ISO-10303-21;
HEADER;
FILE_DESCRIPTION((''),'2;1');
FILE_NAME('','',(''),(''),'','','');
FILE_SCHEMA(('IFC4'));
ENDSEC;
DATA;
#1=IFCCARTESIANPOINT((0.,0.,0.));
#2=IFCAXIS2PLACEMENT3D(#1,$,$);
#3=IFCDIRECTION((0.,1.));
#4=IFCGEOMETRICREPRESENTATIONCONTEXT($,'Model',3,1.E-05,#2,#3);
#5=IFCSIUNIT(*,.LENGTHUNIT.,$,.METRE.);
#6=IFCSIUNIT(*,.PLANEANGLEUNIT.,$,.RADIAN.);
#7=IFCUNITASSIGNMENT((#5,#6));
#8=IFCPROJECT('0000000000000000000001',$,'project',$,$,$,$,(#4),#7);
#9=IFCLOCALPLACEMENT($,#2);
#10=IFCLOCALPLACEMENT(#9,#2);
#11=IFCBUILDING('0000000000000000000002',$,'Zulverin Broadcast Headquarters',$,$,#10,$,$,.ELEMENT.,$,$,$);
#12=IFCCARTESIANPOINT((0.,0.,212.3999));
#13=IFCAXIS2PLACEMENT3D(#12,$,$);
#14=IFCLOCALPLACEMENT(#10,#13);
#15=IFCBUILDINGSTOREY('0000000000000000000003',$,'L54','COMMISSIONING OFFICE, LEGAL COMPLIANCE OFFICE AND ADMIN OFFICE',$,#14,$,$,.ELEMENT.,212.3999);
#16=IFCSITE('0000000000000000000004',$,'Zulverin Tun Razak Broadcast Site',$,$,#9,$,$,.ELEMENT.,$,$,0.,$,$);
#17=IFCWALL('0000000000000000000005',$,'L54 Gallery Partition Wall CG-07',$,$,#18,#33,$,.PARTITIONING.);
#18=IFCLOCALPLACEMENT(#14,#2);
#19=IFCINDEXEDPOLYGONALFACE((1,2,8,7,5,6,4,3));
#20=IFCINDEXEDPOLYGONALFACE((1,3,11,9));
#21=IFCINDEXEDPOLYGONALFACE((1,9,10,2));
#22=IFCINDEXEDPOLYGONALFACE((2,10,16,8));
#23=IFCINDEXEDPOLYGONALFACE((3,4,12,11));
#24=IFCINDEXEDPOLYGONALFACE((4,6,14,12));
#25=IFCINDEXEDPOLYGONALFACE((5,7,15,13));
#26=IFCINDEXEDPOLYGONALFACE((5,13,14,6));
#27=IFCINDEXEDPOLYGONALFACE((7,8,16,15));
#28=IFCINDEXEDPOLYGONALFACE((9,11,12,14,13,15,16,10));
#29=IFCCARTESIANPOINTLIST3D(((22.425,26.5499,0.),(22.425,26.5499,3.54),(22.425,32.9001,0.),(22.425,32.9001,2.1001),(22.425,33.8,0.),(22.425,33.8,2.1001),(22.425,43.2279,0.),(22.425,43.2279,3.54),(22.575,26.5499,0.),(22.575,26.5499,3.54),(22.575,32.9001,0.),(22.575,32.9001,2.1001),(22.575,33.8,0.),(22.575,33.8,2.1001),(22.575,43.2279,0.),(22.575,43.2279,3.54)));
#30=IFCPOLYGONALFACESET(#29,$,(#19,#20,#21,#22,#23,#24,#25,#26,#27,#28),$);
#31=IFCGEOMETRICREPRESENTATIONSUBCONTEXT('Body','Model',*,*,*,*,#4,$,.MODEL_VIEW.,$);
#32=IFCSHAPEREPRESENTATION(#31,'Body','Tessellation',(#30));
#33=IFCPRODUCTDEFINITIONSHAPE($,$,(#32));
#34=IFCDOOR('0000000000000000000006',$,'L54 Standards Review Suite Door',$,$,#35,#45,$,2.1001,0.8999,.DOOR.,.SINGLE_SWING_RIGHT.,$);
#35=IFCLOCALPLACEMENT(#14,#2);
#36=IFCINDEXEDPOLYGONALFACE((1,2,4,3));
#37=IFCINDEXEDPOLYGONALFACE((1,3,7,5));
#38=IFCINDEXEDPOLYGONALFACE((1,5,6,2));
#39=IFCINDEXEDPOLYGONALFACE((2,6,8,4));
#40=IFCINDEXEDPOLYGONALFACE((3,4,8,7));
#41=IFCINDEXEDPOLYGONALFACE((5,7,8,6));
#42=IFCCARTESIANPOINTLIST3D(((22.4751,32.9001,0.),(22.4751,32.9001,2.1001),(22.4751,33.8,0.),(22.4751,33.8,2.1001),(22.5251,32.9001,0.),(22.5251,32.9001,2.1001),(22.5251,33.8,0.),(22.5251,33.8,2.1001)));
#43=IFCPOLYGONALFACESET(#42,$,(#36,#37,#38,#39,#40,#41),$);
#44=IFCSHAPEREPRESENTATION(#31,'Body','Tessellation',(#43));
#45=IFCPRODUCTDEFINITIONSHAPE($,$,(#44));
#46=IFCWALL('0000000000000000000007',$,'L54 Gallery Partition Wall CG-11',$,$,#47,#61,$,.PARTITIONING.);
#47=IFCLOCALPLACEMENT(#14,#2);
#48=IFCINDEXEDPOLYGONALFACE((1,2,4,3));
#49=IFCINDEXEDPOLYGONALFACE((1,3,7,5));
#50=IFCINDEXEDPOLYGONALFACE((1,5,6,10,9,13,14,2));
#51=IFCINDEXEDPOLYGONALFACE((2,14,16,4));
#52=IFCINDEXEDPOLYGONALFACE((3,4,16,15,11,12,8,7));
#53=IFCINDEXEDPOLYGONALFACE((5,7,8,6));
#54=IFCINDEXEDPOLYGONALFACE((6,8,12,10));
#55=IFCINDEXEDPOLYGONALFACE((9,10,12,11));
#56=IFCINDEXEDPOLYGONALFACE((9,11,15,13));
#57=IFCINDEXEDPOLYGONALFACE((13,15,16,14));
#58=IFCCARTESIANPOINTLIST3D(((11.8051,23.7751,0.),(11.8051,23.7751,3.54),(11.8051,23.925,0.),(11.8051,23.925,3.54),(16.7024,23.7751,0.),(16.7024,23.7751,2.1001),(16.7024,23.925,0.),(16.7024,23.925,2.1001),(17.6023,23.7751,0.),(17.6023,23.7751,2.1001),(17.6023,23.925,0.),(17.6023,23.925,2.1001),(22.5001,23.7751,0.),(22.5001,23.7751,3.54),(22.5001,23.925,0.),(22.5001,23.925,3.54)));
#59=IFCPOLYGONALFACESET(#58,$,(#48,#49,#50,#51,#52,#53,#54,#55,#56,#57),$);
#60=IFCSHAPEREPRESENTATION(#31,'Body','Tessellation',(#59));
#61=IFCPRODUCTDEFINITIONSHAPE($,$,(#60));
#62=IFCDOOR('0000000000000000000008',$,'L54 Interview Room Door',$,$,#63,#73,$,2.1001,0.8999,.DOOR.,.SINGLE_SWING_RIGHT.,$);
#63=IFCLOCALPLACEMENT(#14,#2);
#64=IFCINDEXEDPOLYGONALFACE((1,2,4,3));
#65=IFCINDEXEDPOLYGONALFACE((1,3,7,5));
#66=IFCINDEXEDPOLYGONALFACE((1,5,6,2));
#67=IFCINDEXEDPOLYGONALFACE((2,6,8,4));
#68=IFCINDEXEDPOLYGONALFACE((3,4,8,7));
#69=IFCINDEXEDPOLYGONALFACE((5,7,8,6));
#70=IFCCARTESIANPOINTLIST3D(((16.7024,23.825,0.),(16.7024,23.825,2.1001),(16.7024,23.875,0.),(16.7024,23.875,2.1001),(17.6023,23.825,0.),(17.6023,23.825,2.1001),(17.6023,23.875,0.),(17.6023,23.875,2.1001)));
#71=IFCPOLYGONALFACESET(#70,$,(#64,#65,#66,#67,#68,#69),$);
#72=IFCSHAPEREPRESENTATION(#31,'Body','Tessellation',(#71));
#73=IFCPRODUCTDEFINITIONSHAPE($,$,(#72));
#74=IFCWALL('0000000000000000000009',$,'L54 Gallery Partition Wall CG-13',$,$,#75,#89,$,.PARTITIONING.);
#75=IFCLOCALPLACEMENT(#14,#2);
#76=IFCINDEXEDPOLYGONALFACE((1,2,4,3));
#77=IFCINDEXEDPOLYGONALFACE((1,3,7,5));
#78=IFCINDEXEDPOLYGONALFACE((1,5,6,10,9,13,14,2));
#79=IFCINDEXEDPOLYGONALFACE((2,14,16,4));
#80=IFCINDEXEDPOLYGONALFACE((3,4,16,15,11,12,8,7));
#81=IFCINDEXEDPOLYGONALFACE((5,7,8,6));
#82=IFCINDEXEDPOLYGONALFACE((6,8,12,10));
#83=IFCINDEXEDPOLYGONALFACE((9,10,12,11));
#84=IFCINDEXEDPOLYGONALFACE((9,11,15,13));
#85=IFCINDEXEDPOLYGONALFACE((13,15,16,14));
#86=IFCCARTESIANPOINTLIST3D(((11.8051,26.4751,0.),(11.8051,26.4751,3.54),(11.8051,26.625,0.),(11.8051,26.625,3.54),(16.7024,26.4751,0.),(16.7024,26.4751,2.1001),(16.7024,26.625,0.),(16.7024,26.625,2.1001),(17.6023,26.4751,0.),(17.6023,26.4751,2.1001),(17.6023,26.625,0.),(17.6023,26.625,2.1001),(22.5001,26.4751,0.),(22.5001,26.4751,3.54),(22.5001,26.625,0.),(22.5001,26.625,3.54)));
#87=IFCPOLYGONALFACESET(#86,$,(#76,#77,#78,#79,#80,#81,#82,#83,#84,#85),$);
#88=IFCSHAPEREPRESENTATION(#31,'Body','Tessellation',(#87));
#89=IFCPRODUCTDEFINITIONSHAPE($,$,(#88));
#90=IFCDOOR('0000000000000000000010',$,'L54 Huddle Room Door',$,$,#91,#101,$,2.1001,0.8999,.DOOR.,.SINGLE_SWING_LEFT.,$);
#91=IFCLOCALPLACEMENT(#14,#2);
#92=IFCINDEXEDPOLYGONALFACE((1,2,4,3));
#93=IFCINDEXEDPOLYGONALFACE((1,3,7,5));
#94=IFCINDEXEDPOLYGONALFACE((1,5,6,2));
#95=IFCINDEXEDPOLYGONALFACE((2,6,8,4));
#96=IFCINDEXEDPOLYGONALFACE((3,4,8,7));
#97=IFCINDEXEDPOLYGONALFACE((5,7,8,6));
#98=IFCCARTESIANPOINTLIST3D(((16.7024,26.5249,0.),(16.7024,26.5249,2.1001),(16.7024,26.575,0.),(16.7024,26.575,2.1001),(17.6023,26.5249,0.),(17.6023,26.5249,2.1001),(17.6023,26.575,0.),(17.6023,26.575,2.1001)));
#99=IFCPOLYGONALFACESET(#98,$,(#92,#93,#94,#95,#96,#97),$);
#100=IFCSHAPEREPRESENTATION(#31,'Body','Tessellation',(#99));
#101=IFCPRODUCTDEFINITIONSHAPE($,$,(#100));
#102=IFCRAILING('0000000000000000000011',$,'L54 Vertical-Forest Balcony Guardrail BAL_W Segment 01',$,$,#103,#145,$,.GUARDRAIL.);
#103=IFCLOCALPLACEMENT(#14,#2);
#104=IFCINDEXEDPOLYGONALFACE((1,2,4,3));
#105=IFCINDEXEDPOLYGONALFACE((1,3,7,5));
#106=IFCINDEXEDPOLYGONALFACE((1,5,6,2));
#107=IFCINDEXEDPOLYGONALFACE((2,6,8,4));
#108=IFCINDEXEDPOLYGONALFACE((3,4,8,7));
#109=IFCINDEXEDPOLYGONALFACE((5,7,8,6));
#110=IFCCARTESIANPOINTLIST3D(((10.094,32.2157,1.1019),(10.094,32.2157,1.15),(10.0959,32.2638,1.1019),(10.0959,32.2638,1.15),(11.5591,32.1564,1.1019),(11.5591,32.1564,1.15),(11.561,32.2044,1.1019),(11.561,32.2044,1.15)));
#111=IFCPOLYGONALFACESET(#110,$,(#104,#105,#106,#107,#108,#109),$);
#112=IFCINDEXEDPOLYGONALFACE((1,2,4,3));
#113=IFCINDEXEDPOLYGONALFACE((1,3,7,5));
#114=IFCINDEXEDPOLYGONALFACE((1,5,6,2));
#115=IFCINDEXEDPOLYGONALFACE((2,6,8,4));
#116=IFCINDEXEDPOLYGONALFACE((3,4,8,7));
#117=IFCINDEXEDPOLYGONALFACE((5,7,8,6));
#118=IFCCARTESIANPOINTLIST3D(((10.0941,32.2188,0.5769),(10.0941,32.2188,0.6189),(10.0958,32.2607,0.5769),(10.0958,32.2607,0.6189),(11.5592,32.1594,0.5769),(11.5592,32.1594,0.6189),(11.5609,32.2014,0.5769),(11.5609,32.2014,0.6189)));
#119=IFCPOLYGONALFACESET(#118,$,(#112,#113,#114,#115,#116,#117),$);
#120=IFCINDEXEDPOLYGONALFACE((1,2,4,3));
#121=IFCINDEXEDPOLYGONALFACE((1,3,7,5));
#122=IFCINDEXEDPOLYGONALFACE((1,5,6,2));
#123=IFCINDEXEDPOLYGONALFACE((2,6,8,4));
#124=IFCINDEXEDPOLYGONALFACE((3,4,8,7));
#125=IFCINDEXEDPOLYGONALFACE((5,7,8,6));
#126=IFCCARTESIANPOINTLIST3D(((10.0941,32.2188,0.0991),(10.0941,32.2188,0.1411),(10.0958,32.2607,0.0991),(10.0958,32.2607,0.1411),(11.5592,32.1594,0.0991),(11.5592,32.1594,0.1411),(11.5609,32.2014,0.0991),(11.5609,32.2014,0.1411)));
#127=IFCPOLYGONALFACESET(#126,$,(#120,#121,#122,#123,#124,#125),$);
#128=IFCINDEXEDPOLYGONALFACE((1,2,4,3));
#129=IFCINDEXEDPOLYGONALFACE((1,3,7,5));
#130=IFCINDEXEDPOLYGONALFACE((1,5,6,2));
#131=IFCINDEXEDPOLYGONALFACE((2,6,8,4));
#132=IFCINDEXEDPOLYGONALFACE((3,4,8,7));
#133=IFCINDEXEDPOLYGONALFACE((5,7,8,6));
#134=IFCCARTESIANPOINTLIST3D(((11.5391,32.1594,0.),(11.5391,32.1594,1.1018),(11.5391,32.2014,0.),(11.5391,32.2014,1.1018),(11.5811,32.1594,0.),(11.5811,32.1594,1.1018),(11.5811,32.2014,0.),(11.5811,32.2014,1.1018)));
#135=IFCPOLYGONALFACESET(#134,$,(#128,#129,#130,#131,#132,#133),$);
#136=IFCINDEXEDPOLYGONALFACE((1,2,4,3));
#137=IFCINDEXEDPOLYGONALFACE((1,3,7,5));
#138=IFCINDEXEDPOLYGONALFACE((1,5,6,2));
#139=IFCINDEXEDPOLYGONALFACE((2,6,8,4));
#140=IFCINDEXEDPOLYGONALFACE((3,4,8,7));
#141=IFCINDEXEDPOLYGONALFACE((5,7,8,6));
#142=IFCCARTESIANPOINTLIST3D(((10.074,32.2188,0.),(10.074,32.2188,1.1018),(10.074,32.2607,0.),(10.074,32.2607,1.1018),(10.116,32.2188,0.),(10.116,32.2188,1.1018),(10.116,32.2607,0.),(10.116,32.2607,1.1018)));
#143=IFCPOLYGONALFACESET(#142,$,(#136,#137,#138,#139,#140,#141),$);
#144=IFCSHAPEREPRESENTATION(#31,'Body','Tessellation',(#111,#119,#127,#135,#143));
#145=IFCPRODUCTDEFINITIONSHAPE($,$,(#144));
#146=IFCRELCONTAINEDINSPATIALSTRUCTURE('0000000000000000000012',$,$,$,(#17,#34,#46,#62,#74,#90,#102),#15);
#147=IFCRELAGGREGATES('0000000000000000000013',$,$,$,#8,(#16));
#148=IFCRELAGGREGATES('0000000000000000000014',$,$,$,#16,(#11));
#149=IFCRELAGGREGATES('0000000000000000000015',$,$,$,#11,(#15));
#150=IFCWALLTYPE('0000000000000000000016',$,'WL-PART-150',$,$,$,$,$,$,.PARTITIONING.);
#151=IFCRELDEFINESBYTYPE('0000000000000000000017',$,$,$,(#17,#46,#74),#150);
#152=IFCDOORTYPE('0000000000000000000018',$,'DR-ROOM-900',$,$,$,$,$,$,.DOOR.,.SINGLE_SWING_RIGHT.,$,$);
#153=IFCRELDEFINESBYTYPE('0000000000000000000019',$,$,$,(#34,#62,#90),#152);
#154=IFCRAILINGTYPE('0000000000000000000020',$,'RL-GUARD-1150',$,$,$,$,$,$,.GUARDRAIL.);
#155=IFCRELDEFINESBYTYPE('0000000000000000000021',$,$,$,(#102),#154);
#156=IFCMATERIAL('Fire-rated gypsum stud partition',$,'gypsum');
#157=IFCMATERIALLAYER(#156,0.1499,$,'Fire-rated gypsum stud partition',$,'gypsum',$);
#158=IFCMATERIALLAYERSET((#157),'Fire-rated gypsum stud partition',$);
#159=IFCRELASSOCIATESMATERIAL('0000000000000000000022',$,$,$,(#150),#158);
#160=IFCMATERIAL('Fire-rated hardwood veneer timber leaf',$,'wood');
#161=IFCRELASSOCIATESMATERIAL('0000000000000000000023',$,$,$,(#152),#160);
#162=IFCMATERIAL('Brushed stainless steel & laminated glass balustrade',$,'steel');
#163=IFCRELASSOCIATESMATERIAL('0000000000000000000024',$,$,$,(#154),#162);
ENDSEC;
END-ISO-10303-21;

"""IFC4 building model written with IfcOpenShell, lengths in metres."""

from ifc_helpers import new_model, si_unit, direction, frame, frame_2d, origin, origin_2d, place, context, subcontext, project, spatial, rectangle, extrude, material, layer, layer_set, type_object, element, fill, save


model = new_model("IFC4")

# Units and contexts
model_context = context("Model", 3, precision=1e-05, world=origin(), true_north=direction((0.0, 1.0)))
body_context = subcontext(model_context, "Body", "Model", "MODEL_VIEW")
ifc_project = project(units=[si_unit("LENGTHUNIT", "METRE"), si_unit("PLANEANGLEUNIT", "RADIAN")], contexts=[model_context])

# Site, building, storey
site_placement = place(None, origin())
site = spatial("IfcSite", under=ifc_project, at=site_placement, Name="Zulverin Tun Razak Broadcast Site", CompositionType="ELEMENT", RefElevation=0.0)
building_placement = place(site_placement, origin())
building = spatial("IfcBuilding", under=site, at=building_placement, Name="Zulverin Broadcast Headquarters", CompositionType="ELEMENT")
storey_placement = place(building_placement, frame((0.0, 0.0, 212.3999)))
storey = spatial("IfcBuildingStorey", under=building, at=storey_placement, Name="L54", Description="COMMISSIONING OFFICE, LEGAL COMPLIANCE OFFICE AND ADMIN OFFICE", CompositionType="ELEMENT", Elevation=212.3999)

# Shared definitions
ifc_material_1 = material(Name="Fire-rated gypsum stud partition", Category="gypsum")
ifc_layer_1 = layer(ifc_material_1, 0.1499, Name="Fire-rated gypsum stud partition", Category="gypsum")
ifc_layer_set_1 = layer_set([ifc_layer_1], Name="Fire-rated gypsum stud partition")
wall_type_1 = type_object("IfcWallType", Name="WL-PART-150", PredefinedType="PARTITIONING", material=ifc_layer_set_1)

# Walls, openings, doors
wall_1_placement = place(storey_placement, frame((22.5, 26.55, 0.0), z_axis=(0.0, 0.0, 1.0), x_axis=(0.0, 1.0, 0.0)))
wall_1 = element("IfcWall", 1, at=wall_1_placement, inside=storey, type_object=wall_type_1, Name="L54 Gallery Partition Wall CG-07", PredefinedType="PARTITIONING", context=body_context, shape_type="SweptSolid", body=[
    extrude(rectangle(XDim=16.678, YDim=0.1499, at=frame_2d((8.3389, 0.0))), origin(), (0.0, 0.0, 1.0), 3.54),
])
opening_1_placement = place(wall_1_placement, frame((6.3501, 0.0, 0.0)))
opening_1 = element("IfcOpeningElement", 2, at=opening_1_placement, cuts=wall_1, PredefinedType="OPENING", context=body_context, shape_type="SweptSolid", body=[
    extrude(rectangle(XDim=0.8999, YDim=2.1001, at=frame_2d((0.45, 1.05))), frame((0.0, 0.085, 0.0), z_axis=(0.0, -1.0, 0.0), x_axis=(1.0, 0.0, 0.0)), (0.0, 0.0, 1.0), 0.1699),
])
ifc_material_2 = material(Name="Fire-rated hardwood veneer timber leaf", Category="wood")
door_type_1 = type_object("IfcDoorType", Name="DR-ROOM-900", OperationType="SINGLE_SWING_RIGHT", PredefinedType="DOOR", material=ifc_material_2)
door_1_placement = place(opening_1_placement, origin())
door_1 = element("IfcDoor", 3, at=door_1_placement, inside=storey, type_object=door_type_1, Name="L54 Standards Review Suite Door", OperationType="SINGLE_SWING_RIGHT", OverallHeight=2.1001, OverallWidth=0.8999, PredefinedType="DOOR", context=body_context, shape_type="SweptSolid", body=[
    extrude(rectangle(XDim=0.8999, YDim=2.1001, at=frame_2d((0.45, 1.05))), frame((0.0, 0.0249, 0.0), z_axis=(0.0, -1.0, 0.0), x_axis=(1.0, 0.0, 0.0)), (0.0, 0.0, 1.0), 0.05),
])
fill(opening_1, door_1)
wall_2_placement = place(storey_placement, frame((11.8049, 23.8501, 0.0), z_axis=(0.0, 0.0, 1.0), x_axis=(1.0, 0.0, 0.0)))
wall_2 = element("IfcWall", 4, at=wall_2_placement, inside=storey, type_object=wall_type_1, Name="L54 Gallery Partition Wall CG-11", PredefinedType="PARTITIONING", context=body_context, shape_type="SweptSolid", body=[
    extrude(rectangle(XDim=10.6951, YDim=0.1499, at=frame_2d((5.3477, 0.0))), origin(), (0.0, 0.0, 1.0), 3.54),
])
opening_2_placement = place(wall_2_placement, frame((4.8975, 0.0, 0.0)))
opening_2 = element("IfcOpeningElement", 5, at=opening_2_placement, cuts=wall_2, PredefinedType="OPENING", context=body_context, shape_type="SweptSolid", body=[
    extrude(rectangle(XDim=0.8999, YDim=2.1001, at=frame_2d((0.45, 1.05))), frame((0.0, 0.085, 0.0), z_axis=(0.0, -1.0, 0.0), x_axis=(1.0, 0.0, 0.0)), (0.0, 0.0, 1.0), 0.1699),
])
door_2_placement = place(opening_2_placement, origin())
door_2 = element("IfcDoor", 6, at=door_2_placement, inside=storey, type_object=door_type_1, Name="L54 Interview Room Door", OperationType="SINGLE_SWING_RIGHT", OverallHeight=2.1001, OverallWidth=0.8999, PredefinedType="DOOR", context=body_context, shape_type="SweptSolid", body=[
    extrude(rectangle(XDim=0.8999, YDim=2.1001, at=frame_2d((0.45, 1.05))), frame((0.0, 0.0249, 0.0), z_axis=(0.0, -1.0, 0.0), x_axis=(1.0, 0.0, 0.0)), (0.0, 0.0, 1.0), 0.05),
])
fill(opening_2, door_2)
wall_3_placement = place(storey_placement, frame((11.8049, 26.55, 0.0), z_axis=(0.0, 0.0, 1.0), x_axis=(1.0, 0.0, 0.0)))
wall_3 = element("IfcWall", 7, at=wall_3_placement, inside=storey, type_object=wall_type_1, Name="L54 Gallery Partition Wall CG-13", PredefinedType="PARTITIONING", context=body_context, shape_type="SweptSolid", body=[
    extrude(rectangle(XDim=10.6951, YDim=0.1499, at=frame_2d((5.3477, 0.0))), origin(), (0.0, 0.0, 1.0), 3.54),
])
opening_3_placement = place(wall_3_placement, frame((4.8975, 0.0, 0.0)))
opening_3 = element("IfcOpeningElement", 8, at=opening_3_placement, cuts=wall_3, PredefinedType="OPENING", context=body_context, shape_type="SweptSolid", body=[
    extrude(rectangle(XDim=0.8999, YDim=2.1001, at=frame_2d((0.45, 1.05))), frame((0.0, 0.085, 0.0), z_axis=(0.0, -1.0, 0.0), x_axis=(1.0, 0.0, 0.0)), (0.0, 0.0, 1.0), 0.1699),
])
door_3_placement = place(opening_3_placement, origin())
door_3 = element("IfcDoor", 9, at=door_3_placement, inside=storey, type_object=door_type_1, Name="L54 Huddle Room Door", OperationType="SINGLE_SWING_LEFT", OverallHeight=2.1001, OverallWidth=0.8999, PredefinedType="DOOR", context=body_context, shape_type="SweptSolid", body=[
    extrude(rectangle(XDim=0.8999, YDim=2.1001, at=frame_2d((0.45, 1.05))), frame((0.0, 0.0249, 0.0), z_axis=(0.0, -1.0, 0.0), x_axis=(1.0, 0.0, 0.0)), (0.0, 0.0, 1.0), 0.05),
])
fill(opening_3, door_3)

# Railing
ifc_material_3 = material(Name="Brushed stainless steel & laminated glass balustrade", Category="steel")
railing_type = type_object("IfcRailingType", Name="RL-GUARD-1150", PredefinedType="GUARDRAIL", material=ifc_material_3)
railing_1_placement = place(storey_placement, frame((11.5601, 32.1804, 0.0)))
element("IfcRailing", 10, at=railing_1_placement, inside=storey, type_object=railing_type, Name="L54 Vertical-Forest Balcony Guardrail BAL_W Segment 01", PredefinedType="GUARDRAIL", context=body_context, shape_type="SweptSolid", body=[
    extrude(rectangle(XDim=0.0481, YDim=0.0481, at=origin_2d()), frame((0.0, 0.0, 1.126), z_axis=(-0.999181, 0.04046, 0.0), x_axis=(-0.04046, -0.999181, 0.0)), (0.0, 0.0, 1.0), 1.4663),
    extrude(rectangle(XDim=0.042, YDim=0.042, at=origin_2d()), frame((0.0, 0.0, 0.5979), z_axis=(-0.999181, 0.04046, 0.0), x_axis=(-0.04046, -0.999181, 0.0)), (0.0, 0.0, 1.0), 1.4663),
    extrude(rectangle(XDim=0.042, YDim=0.042, at=origin_2d()), frame((0.0, 0.0, 0.1201), z_axis=(-0.999181, 0.04046, 0.0), x_axis=(-0.04046, -0.999181, 0.0)), (0.0, 0.0, 1.0), 1.4663),
    extrude(rectangle(XDim=0.042, YDim=0.042, at=origin_2d()), origin(), (0.0, 0.0, 1.0), 1.1018),
    extrude(rectangle(XDim=0.042, YDim=0.042, at=origin_2d()), frame((-1.4651, 0.0593, 0.0)), (0.0, 0.0, 1.0), 1.1018),
])

save(model, "model.ifc")
